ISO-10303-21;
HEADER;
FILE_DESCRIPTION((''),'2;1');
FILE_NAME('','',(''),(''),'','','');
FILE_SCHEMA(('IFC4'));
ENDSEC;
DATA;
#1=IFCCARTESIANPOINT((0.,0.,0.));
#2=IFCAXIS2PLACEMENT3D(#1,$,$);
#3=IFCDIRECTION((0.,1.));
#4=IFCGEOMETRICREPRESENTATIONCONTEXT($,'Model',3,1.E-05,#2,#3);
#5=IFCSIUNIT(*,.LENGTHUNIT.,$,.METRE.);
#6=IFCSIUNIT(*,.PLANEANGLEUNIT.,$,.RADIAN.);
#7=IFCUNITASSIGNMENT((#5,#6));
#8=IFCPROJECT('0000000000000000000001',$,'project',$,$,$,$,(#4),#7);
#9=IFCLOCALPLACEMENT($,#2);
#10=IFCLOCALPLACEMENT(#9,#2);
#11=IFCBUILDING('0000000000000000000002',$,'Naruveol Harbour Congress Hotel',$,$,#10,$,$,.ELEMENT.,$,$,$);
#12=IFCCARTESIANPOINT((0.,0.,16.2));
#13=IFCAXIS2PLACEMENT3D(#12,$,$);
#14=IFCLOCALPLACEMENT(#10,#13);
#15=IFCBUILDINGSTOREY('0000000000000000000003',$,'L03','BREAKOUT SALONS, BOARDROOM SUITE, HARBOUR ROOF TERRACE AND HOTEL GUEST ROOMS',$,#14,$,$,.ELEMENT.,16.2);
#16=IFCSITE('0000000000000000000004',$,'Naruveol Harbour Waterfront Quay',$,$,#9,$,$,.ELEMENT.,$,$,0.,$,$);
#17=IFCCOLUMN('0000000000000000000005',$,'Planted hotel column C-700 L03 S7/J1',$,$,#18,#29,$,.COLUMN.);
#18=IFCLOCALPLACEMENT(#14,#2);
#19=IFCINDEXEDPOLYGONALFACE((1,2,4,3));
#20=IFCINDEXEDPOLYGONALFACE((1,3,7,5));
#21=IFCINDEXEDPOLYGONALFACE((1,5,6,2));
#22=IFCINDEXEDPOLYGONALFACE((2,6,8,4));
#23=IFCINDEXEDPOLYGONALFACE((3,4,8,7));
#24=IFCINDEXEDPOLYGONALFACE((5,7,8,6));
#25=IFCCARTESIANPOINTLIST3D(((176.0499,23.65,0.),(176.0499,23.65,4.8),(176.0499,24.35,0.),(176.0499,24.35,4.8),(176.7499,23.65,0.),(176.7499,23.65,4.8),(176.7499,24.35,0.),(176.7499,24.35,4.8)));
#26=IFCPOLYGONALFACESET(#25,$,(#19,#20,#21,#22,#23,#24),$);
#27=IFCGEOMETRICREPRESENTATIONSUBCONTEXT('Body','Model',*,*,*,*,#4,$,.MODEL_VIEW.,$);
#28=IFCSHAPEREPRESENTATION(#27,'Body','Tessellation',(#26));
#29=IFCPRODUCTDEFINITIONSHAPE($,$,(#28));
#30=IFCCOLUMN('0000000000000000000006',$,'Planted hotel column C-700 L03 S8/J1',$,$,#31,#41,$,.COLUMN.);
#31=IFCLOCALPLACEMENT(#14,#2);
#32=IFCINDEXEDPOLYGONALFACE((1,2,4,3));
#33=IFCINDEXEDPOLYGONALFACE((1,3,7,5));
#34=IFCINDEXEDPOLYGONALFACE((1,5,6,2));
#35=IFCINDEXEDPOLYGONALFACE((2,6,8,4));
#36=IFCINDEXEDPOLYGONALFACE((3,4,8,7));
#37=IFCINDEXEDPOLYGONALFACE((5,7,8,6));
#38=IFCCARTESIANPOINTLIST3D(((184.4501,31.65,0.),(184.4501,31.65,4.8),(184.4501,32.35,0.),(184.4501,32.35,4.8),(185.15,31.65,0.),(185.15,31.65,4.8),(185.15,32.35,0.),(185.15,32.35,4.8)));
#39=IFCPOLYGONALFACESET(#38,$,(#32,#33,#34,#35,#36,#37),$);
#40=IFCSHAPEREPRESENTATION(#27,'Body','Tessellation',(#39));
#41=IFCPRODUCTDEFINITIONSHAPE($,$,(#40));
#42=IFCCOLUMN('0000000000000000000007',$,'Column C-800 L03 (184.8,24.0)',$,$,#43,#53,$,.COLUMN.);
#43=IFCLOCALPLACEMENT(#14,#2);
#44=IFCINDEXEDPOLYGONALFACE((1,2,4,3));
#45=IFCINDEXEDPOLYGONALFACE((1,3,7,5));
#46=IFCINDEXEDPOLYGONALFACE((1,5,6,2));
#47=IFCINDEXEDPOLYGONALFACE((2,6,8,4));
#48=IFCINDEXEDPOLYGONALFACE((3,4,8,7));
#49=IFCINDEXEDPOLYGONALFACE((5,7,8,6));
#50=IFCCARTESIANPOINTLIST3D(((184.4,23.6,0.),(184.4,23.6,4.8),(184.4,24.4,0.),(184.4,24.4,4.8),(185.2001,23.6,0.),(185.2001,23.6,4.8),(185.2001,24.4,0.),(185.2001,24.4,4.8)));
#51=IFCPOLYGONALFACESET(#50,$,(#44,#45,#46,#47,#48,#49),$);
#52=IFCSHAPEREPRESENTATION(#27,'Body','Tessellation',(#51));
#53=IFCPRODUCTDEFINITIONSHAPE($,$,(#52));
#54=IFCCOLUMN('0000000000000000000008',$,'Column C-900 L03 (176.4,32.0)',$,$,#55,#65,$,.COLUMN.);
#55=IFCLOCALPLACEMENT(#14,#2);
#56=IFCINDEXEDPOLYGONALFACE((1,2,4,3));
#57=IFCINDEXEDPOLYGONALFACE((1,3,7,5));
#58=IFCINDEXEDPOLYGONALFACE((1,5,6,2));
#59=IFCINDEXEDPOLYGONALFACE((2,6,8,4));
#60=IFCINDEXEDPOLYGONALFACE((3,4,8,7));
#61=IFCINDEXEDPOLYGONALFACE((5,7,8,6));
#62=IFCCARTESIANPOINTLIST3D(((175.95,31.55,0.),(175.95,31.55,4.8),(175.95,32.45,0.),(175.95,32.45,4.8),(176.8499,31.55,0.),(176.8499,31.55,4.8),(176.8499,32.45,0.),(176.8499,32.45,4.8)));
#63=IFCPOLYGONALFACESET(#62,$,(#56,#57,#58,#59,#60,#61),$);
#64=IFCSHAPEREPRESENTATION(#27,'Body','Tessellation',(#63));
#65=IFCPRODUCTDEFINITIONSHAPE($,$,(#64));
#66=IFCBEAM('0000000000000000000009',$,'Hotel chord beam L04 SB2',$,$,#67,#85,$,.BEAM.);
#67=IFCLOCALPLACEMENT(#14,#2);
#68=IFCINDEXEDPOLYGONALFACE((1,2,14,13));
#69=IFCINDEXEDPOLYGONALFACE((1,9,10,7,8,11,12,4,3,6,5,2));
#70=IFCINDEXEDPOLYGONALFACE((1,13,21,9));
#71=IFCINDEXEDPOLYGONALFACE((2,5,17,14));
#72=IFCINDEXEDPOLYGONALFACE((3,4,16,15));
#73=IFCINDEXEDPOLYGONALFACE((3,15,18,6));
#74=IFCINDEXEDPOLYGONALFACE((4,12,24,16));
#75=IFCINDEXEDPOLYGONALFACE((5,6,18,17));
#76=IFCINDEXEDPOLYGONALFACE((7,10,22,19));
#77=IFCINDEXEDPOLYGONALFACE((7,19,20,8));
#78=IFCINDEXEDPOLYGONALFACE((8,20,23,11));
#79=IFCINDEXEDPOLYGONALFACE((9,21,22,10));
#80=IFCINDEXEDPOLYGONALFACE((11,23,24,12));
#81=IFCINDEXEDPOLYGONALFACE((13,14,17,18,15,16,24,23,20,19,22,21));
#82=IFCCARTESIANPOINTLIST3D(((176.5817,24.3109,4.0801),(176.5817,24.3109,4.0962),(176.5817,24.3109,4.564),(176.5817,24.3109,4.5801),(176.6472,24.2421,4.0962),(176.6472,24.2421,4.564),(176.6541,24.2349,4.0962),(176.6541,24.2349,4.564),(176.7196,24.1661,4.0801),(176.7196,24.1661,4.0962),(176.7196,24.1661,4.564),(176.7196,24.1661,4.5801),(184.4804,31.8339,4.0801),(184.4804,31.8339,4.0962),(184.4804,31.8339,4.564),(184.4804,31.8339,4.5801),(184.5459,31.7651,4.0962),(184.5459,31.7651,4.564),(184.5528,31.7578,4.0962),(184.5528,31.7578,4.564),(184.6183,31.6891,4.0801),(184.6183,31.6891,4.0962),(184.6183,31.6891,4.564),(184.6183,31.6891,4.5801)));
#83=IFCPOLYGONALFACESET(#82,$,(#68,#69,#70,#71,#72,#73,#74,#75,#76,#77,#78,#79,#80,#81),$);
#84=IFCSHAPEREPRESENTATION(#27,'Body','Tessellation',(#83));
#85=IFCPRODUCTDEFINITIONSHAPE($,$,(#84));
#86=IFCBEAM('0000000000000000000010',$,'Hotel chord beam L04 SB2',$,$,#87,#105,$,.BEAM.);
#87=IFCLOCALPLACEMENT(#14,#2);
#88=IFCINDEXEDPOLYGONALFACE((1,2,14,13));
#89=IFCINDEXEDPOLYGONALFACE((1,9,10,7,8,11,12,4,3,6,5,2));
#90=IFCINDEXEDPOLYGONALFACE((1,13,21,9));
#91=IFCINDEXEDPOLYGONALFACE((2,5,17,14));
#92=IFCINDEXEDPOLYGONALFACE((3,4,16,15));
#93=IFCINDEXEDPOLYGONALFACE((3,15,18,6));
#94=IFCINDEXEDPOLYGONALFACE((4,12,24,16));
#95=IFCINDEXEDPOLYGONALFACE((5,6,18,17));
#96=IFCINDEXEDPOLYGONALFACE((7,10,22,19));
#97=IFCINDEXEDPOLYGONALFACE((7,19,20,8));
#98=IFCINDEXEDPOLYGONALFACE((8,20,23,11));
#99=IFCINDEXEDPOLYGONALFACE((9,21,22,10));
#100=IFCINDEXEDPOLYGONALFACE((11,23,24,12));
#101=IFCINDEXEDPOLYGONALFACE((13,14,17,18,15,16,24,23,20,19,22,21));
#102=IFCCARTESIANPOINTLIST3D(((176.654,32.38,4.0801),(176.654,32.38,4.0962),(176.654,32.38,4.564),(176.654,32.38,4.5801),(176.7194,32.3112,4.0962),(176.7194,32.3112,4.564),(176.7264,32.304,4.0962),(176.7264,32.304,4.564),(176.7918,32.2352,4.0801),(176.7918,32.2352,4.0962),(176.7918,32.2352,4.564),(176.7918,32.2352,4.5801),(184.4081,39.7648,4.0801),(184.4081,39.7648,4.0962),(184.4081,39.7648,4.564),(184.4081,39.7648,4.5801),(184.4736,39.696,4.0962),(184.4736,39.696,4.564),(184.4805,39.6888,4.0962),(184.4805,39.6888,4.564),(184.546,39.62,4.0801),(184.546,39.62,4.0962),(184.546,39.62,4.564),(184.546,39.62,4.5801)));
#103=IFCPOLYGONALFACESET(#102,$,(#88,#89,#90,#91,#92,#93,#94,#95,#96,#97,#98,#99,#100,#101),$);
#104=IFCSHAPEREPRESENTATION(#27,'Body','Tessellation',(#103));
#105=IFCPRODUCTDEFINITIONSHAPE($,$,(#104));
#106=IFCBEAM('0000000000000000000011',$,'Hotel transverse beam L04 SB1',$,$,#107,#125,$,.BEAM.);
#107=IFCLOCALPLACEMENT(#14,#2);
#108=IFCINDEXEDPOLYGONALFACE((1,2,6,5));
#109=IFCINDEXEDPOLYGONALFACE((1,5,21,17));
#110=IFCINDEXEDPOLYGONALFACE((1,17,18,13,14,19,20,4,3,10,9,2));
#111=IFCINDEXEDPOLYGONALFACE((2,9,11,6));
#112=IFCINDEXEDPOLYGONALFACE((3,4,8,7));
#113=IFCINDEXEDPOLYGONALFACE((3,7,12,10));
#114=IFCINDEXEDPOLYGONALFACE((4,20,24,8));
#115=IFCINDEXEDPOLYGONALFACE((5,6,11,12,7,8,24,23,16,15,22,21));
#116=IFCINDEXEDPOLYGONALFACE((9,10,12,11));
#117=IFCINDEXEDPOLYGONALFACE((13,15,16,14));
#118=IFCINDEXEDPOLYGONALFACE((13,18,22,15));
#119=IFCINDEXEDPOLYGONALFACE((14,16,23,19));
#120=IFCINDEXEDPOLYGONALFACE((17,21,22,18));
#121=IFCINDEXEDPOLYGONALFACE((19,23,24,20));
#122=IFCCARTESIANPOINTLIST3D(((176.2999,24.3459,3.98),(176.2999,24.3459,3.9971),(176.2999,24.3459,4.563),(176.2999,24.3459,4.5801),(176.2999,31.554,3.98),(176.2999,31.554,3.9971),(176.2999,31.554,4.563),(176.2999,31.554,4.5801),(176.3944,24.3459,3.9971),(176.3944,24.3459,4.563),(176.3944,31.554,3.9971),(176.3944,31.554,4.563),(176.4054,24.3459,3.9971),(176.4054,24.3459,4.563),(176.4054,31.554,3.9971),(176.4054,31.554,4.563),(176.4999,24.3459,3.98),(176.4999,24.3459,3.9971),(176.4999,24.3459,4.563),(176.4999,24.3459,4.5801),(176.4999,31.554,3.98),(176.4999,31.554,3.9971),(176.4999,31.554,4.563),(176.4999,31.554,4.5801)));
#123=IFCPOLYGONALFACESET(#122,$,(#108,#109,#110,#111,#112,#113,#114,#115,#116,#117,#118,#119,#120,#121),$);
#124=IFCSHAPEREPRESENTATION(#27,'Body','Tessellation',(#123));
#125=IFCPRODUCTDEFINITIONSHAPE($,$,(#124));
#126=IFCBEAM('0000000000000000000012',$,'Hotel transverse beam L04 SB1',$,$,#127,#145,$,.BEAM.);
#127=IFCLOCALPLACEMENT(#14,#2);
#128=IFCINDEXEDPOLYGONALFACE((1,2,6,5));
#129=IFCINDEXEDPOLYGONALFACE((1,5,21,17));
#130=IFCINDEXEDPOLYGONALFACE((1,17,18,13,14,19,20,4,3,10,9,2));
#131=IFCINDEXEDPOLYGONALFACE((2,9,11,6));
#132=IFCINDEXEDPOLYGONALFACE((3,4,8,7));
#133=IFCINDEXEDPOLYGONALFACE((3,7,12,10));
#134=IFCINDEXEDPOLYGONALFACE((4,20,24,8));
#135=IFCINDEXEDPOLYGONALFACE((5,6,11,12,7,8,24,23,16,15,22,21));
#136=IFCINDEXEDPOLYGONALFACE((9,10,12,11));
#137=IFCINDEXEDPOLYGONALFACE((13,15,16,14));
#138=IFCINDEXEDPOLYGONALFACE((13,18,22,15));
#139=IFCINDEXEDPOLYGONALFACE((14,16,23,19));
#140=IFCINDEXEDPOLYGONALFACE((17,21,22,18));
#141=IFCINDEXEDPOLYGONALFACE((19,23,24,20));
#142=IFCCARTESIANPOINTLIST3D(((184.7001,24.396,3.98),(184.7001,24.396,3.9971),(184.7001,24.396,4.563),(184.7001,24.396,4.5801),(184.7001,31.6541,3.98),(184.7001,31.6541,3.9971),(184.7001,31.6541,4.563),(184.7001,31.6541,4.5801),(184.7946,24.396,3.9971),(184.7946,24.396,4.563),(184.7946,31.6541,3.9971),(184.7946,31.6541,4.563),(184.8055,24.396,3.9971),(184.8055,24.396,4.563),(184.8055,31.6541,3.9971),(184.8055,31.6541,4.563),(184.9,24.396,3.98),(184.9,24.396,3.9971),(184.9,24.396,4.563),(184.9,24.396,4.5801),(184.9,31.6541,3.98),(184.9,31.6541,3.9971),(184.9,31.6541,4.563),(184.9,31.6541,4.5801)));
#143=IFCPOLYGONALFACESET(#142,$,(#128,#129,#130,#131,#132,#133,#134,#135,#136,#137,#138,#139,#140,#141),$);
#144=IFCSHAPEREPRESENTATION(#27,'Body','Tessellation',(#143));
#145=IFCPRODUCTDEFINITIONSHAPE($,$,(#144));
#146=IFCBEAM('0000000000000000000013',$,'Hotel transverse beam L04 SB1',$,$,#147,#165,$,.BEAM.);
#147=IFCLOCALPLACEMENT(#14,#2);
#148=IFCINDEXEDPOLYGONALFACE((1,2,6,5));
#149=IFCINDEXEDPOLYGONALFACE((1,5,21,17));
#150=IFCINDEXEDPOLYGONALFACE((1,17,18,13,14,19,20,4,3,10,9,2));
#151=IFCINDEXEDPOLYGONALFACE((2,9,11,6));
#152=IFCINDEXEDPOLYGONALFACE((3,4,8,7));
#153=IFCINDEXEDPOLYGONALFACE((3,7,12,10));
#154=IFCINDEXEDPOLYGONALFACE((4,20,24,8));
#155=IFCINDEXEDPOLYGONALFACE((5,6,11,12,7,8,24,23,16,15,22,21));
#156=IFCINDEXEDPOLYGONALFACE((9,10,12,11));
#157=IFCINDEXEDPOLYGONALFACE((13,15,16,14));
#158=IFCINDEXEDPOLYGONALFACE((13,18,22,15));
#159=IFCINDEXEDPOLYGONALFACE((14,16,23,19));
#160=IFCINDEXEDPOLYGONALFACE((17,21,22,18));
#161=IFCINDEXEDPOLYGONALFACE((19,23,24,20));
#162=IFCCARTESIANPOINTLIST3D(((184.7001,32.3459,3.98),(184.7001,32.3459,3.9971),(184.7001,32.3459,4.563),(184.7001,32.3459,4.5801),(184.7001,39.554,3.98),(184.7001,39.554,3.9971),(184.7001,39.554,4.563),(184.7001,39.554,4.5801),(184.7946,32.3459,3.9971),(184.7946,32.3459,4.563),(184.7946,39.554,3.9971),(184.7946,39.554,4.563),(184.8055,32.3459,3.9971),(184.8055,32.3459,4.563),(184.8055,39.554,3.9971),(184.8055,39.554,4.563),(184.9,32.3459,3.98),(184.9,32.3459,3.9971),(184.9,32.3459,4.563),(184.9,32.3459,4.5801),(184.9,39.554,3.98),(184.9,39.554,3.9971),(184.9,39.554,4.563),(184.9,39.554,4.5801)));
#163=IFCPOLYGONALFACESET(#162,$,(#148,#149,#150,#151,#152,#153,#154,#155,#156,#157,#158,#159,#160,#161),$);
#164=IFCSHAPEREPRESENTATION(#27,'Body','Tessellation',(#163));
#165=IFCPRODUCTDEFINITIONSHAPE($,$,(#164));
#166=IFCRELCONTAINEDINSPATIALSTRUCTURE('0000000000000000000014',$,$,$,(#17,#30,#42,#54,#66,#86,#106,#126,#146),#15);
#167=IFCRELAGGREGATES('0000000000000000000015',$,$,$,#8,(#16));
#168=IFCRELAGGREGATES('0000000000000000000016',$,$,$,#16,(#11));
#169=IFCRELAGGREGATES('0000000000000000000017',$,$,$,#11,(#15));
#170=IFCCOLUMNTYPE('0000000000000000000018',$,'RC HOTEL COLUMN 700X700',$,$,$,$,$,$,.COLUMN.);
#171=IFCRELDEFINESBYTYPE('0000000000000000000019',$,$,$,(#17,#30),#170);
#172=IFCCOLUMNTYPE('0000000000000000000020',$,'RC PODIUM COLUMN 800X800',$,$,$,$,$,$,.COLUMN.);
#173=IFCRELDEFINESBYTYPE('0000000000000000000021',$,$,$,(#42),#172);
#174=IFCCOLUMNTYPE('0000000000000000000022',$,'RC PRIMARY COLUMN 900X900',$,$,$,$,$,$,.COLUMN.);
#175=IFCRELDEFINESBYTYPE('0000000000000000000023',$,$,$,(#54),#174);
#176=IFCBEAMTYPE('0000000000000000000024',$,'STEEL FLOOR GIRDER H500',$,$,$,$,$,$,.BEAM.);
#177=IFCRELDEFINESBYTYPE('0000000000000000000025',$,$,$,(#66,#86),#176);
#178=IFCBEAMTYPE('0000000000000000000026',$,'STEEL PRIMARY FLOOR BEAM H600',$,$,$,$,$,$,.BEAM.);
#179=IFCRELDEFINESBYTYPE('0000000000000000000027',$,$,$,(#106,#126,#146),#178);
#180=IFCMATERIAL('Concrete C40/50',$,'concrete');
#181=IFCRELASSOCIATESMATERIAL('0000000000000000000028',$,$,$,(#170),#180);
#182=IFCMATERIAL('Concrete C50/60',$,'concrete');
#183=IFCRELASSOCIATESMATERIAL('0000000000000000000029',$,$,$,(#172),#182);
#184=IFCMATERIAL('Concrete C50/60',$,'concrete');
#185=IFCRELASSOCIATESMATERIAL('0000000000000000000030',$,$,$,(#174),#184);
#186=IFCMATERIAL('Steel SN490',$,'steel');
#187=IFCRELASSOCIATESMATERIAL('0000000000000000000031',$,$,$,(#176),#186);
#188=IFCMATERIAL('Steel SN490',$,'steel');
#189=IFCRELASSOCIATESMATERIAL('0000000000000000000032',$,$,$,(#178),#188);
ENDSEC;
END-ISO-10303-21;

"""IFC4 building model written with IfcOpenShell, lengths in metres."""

from ifc_helpers import new_model, si_unit, direction, frame, origin, origin_2d, place, context, subcontext, project, spatial, rectangle, i_section, extrude, material, material_profile, profile_set, type_object, element, save


model = new_model("IFC4")

# Units and contexts
model_context = context("Model", 3, precision=1e-05, world=origin(), true_north=direction((0.0, 1.0)))
body_context = subcontext(model_context, "Body", "Model", "MODEL_VIEW")
ifc_project = project(units=[si_unit("LENGTHUNIT", "METRE"), si_unit("PLANEANGLEUNIT", "RADIAN")], contexts=[model_context])

# Site, building, storey
site_placement = place(None, origin())
site = spatial("IfcSite", under=ifc_project, at=site_placement, Name="Naruveol Harbour Waterfront Quay", CompositionType="ELEMENT", RefElevation=0.0)
building_placement = place(site_placement, origin())
building = spatial("IfcBuilding", under=site, at=building_placement, Name="Naruveol Harbour Congress Hotel", CompositionType="ELEMENT")
storey_placement = place(building_placement, frame((0.0, 0.0, 16.2)))
storey = spatial("IfcBuildingStorey", under=building, at=storey_placement, Name="L03", Description="BREAKOUT SALONS, BOARDROOM SUITE, HARBOUR ROOF TERRACE AND HOTEL GUEST ROOMS", CompositionType="ELEMENT", Elevation=16.2)

# Columns
ifc_material_1 = material(Name="Concrete C40/50", Category="concrete")
ifc_material_profile_1 = material_profile(ifc_material_1, rectangle(XDim=0.7, YDim=0.7, at=origin_2d()), Name="RC-700x700")
ifc_profile_set_1 = profile_set([ifc_material_profile_1], Name="Concrete C40/50")
column_type_1 = type_object("IfcColumnType", Name="RC HOTEL COLUMN 700X700", PredefinedType="COLUMN", material=ifc_profile_set_1)
for number, where, z_axis, x_axis, name in (
    (1, (176.3999, 24.0, 0.0), (0.0, 0.0, 1.0), (1.0, 0.0, 0.0), "Planted hotel column C-700 L03 S7/J1"),
    (2, (184.8, 32.0, 0.0), (0.0, 0.0, 1.0), (1.0, 0.0, 0.0), "Planted hotel column C-700 L03 S8/J1"),
):
    element("IfcColumn", number, at=place(storey_placement, frame(where, z_axis=z_axis, x_axis=x_axis)), inside=storey, type_object=column_type_1, Name=name, PredefinedType="COLUMN", context=body_context, shape_type="SweptSolid", body=[
        extrude(rectangle(XDim=0.7, YDim=0.7, at=origin_2d()), origin(), (0.0, 0.0, 1.0), 4.8),
    ])
ifc_material_2 = material(Name="Concrete C50/60", Category="concrete")
ifc_material_profile_2 = material_profile(ifc_material_2, rectangle(XDim=0.8, YDim=0.8, at=origin_2d()), Name="RC-800x800")
ifc_profile_set_2 = profile_set([ifc_material_profile_2], Name="Concrete C50/60")
column_type_2 = type_object("IfcColumnType", Name="RC PODIUM COLUMN 800X800", PredefinedType="COLUMN", material=ifc_profile_set_2)
column_1_placement = place(storey_placement, frame((184.8, 24.0, 0.0), z_axis=(0.0, 0.0, 1.0), x_axis=(1.0, 0.0, 0.0)))
element("IfcColumn", 3, at=column_1_placement, inside=storey, type_object=column_type_2, Name="Column C-800 L03 (184.8,24.0)", PredefinedType="COLUMN", context=body_context, shape_type="SweptSolid", body=[
    extrude(rectangle(XDim=0.8, YDim=0.8, at=origin_2d()), origin(), (0.0, 0.0, 1.0), 4.8),
])
ifc_material_3 = material(Name="Concrete C50/60", Category="concrete")
ifc_material_profile_3 = material_profile(ifc_material_3, rectangle(XDim=0.8999, YDim=0.8999, at=origin_2d()), Name="RC-900x900")
ifc_profile_set_3 = profile_set([ifc_material_profile_3], Name="Concrete C50/60")
column_type_3 = type_object("IfcColumnType", Name="RC PRIMARY COLUMN 900X900", PredefinedType="COLUMN", material=ifc_profile_set_3)
column_2_placement = place(storey_placement, frame((176.3999, 32.0, 0.0), z_axis=(0.0, 0.0, 1.0), x_axis=(1.0, 0.0, 0.0)))
element("IfcColumn", 4, at=column_2_placement, inside=storey, type_object=column_type_3, Name="Column C-900 L03 (176.4,32.0)", PredefinedType="COLUMN", context=body_context, shape_type="SweptSolid", body=[
    extrude(rectangle(XDim=0.8999, YDim=0.8999, at=origin_2d()), origin(), (0.0, 0.0, 1.0), 4.8),
])

# Beams
ifc_material_4 = material(Name="Steel SN490", Category="steel")
ifc_material_profile_4 = material_profile(ifc_material_4, i_section(OverallWidth=0.2, OverallDepth=0.5, WebThickness=0.01, FlangeThickness=0.0161, at=origin_2d()), Name="H-500x200x10x16")
ifc_profile_set_4 = profile_set([ifc_material_profile_4], Name="Steel SN490")
beam_type_1 = type_object("IfcBeamType", Name="STEEL FLOOR GIRDER H500", PredefinedType="BEAM", material=ifc_profile_set_4)
beam_1_placement = place(storey_placement, frame((176.6506, 24.2385, 4.3301), z_axis=(0.72412, 0.689674, 0.0), x_axis=(-0.689674, 0.72412, 0.0)))
element("IfcBeam", 5, at=beam_1_placement, inside=storey, type_object=beam_type_1, Name="Hotel chord beam L04 SB2", PredefinedType="BEAM", context=body_context, shape_type="SweptSolid", body=[
    extrude(i_section(OverallWidth=0.2, OverallDepth=0.5, WebThickness=0.01, FlangeThickness=0.0161, at=origin_2d()), origin(), (0.0, 0.0, 1.0), 10.908),
])
beam_2_placement = place(storey_placement, frame((176.7229, 32.3076, 4.3301), z_axis=(0.724144, 0.689648, 0.0), x_axis=(-0.689648, 0.724144, 0.0)))
element("IfcBeam", 6, at=beam_2_placement, inside=storey, type_object=beam_type_1, Name="Hotel chord beam L04 SB2", PredefinedType="BEAM", context=body_context, shape_type="SweptSolid", body=[
    extrude(i_section(OverallWidth=0.2, OverallDepth=0.5, WebThickness=0.01, FlangeThickness=0.0161, at=origin_2d()), origin(), (0.0, 0.0, 1.0), 10.708),
])
ifc_material_5 = material(Name="Steel SN490", Category="steel")
ifc_material_profile_5 = material_profile(ifc_material_5, i_section(OverallWidth=0.2, OverallDepth=0.6001, WebThickness=0.011, FlangeThickness=0.0171, at=origin_2d()), Name="H-600x200x11x17")
ifc_profile_set_5 = profile_set([ifc_material_profile_5], Name="Steel SN490")
beam_type_2 = type_object("IfcBeamType", Name="STEEL PRIMARY FLOOR BEAM H600", PredefinedType="BEAM", material=ifc_profile_set_5)
beam_3_placement = place(storey_placement, frame((176.3999, 24.3459, 4.28), z_axis=(0.0, 1.0, 0.0), x_axis=(-1.0, 0.0, 0.0)))
element("IfcBeam", 7, at=beam_3_placement, inside=storey, type_object=beam_type_2, Name="Hotel transverse beam L04 SB1", PredefinedType="BEAM", context=body_context, shape_type="SweptSolid", body=[
    extrude(i_section(OverallWidth=0.2, OverallDepth=0.6001, WebThickness=0.011, FlangeThickness=0.0171, at=origin_2d()), origin(), (0.0, 0.0, 1.0), 7.208),
])
beam_4_placement = place(storey_placement, frame((184.8, 24.396, 4.28), z_axis=(0.0, 1.0, 0.0), x_axis=(-1.0, 0.0, 0.0)))
element("IfcBeam", 8, at=beam_4_placement, inside=storey, type_object=beam_type_2, Name="Hotel transverse beam L04 SB1", PredefinedType="BEAM", context=body_context, shape_type="SweptSolid", body=[
    extrude(i_section(OverallWidth=0.2, OverallDepth=0.6001, WebThickness=0.011, FlangeThickness=0.0171, at=origin_2d()), origin(), (0.0, 0.0, 1.0), 7.2581),
])
beam_5_placement = place(storey_placement, frame((184.8, 32.3459, 4.28), z_axis=(0.0, 1.0, 0.0), x_axis=(-1.0, 0.0, 0.0)))
element("IfcBeam", 9, at=beam_5_placement, inside=storey, type_object=beam_type_2, Name="Hotel transverse beam L04 SB1", PredefinedType="BEAM", context=body_context, shape_type="SweptSolid", body=[
    extrude(i_section(OverallWidth=0.2, OverallDepth=0.6001, WebThickness=0.011, FlangeThickness=0.0171, at=origin_2d()), origin(), (0.0, 0.0, 1.0), 7.208),
])

save(model, "model.ifc")
